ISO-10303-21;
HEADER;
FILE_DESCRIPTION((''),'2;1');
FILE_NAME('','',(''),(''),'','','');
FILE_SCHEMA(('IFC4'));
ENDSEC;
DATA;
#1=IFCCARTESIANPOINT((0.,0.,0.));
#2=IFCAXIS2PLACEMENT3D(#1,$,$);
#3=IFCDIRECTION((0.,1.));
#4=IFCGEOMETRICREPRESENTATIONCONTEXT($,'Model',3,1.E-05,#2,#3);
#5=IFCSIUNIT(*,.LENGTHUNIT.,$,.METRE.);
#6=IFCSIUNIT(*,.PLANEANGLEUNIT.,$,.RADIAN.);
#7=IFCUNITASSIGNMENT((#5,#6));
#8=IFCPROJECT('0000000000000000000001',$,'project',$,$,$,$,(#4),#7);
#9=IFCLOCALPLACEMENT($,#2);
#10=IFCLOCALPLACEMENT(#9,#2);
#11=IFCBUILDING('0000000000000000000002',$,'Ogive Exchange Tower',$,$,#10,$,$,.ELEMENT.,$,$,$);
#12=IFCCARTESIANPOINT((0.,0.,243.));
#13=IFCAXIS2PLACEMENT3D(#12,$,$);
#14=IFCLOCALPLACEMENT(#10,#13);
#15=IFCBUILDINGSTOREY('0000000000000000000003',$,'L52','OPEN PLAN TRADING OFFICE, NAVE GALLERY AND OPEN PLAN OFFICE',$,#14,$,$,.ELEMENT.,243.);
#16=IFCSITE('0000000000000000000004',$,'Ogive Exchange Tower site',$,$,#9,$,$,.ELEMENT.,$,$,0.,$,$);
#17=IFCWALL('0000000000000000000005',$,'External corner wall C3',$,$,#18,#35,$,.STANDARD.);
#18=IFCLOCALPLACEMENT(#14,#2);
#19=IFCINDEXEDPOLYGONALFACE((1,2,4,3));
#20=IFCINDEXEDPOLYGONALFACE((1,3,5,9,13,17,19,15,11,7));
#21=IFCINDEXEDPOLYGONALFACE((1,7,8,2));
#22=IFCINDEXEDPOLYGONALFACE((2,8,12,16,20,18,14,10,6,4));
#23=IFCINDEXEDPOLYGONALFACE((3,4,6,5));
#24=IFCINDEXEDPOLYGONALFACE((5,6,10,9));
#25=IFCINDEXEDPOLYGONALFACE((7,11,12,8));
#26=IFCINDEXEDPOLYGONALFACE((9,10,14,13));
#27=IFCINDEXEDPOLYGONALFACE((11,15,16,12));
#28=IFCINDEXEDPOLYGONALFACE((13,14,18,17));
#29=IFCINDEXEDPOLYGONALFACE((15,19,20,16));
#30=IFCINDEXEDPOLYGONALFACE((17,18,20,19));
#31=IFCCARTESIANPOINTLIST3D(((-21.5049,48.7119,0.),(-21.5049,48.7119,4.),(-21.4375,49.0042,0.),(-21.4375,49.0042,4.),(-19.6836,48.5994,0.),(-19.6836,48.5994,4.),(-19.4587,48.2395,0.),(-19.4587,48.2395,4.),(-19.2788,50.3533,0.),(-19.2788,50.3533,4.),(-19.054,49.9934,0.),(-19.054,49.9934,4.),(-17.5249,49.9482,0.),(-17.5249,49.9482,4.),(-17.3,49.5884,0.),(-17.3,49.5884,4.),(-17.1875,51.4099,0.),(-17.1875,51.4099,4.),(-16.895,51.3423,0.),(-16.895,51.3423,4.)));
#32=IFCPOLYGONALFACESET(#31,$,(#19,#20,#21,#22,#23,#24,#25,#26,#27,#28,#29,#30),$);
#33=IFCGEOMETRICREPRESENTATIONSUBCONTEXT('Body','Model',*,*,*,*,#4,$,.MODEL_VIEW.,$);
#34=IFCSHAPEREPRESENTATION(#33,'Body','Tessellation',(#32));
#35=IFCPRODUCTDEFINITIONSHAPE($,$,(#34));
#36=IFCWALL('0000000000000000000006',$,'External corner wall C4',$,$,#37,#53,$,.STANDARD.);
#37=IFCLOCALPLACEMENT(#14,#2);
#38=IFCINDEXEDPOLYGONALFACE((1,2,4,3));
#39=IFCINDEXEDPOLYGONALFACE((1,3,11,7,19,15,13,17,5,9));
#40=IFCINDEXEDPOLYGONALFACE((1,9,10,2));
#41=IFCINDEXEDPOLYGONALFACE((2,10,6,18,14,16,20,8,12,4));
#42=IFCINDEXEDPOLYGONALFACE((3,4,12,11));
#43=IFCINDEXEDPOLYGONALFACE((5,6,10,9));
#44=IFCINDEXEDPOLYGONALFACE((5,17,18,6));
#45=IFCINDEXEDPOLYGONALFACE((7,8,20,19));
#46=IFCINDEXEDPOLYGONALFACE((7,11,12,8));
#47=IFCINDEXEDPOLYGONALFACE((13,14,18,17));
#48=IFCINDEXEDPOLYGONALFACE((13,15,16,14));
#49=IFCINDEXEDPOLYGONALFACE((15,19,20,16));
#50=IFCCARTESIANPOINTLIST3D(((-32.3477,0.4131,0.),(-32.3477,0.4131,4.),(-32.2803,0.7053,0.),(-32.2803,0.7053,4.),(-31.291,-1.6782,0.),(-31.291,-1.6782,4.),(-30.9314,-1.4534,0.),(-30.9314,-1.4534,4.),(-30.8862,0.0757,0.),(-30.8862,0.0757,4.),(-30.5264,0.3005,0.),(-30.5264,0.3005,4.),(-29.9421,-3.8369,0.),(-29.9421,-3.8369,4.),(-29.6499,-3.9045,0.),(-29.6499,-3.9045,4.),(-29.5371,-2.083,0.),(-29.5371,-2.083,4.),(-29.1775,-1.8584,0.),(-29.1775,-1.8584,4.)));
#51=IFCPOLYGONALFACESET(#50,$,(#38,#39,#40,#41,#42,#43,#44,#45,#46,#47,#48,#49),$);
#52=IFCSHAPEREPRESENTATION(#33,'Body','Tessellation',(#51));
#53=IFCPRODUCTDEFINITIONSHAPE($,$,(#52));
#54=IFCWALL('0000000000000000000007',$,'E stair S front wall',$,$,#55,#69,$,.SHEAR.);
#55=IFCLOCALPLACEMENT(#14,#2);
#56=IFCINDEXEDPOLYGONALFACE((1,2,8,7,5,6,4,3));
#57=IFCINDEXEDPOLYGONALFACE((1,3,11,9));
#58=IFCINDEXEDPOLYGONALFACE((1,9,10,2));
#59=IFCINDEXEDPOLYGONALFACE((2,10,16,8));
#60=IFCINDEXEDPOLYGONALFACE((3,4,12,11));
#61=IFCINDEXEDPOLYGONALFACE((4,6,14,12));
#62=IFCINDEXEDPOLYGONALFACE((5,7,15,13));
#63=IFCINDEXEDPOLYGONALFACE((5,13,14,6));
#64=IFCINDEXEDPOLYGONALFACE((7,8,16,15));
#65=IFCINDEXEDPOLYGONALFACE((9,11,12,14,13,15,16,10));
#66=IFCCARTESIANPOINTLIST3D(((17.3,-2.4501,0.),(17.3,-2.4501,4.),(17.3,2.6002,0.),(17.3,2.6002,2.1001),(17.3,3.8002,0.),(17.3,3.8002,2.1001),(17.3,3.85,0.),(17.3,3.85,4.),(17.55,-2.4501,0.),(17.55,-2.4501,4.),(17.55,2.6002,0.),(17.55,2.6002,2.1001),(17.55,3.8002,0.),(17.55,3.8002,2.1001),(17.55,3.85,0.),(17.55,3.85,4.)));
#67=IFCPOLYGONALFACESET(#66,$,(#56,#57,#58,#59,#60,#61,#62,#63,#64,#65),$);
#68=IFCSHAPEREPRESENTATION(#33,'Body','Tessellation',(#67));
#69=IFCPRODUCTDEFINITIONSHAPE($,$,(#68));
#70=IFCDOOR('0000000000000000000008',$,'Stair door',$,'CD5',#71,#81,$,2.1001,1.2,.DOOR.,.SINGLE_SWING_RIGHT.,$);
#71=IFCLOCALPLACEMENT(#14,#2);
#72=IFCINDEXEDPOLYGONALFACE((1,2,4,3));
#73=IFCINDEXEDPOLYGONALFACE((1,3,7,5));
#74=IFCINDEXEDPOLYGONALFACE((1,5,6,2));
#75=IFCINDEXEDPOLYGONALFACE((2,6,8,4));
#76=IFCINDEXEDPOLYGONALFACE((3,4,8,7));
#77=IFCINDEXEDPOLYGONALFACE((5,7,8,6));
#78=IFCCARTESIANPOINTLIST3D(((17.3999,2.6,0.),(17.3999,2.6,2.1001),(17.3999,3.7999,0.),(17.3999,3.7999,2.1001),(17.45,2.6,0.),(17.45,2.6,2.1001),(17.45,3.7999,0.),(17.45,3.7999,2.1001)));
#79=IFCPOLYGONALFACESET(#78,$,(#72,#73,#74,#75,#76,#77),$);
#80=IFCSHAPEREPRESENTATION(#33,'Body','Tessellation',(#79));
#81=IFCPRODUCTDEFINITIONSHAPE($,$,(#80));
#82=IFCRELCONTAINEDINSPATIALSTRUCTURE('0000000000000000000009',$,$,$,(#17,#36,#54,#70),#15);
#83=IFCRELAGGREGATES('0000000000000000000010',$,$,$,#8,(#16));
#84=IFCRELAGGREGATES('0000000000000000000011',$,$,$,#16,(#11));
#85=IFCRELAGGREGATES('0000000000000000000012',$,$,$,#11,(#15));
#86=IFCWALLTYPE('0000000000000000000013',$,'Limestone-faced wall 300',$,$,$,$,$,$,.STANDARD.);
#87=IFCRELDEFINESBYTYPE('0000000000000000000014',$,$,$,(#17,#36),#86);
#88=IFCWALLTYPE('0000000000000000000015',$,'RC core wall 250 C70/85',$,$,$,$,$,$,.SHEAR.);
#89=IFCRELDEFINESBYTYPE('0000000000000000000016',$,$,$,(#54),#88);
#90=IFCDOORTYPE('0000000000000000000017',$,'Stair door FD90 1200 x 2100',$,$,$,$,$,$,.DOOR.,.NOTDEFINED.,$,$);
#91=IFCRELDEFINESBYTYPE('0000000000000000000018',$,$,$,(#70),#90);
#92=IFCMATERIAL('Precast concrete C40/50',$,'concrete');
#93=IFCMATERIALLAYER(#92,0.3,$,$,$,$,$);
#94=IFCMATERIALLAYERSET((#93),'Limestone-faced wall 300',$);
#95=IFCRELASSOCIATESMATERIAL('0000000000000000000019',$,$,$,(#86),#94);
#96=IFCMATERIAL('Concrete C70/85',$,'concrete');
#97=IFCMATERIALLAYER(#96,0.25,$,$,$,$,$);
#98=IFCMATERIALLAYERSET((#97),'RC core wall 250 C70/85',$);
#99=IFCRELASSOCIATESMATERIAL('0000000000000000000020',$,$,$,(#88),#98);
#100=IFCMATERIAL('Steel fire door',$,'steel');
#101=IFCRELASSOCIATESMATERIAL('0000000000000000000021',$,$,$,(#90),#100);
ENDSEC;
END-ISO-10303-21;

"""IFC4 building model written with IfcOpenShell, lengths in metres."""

from ifc_helpers import new_model, si_unit, direction, frame, frame_2d, origin, place, context, subcontext, project, spatial, polyline, rectangle, outline, extrude, material, layer, layer_set, type_object, element, fill, save


model = new_model("IFC4")

# Units and contexts
model_context = context("Model", 3, precision=1e-05, world=origin(), true_north=direction((0.0, 1.0)))
body_context = subcontext(model_context, "Body", "Model", "MODEL_VIEW")
ifc_project = project(units=[si_unit("LENGTHUNIT", "METRE"), si_unit("PLANEANGLEUNIT", "RADIAN")], contexts=[model_context])

# Site, building, storey
site_placement = place(None, origin())
site = spatial("IfcSite", under=ifc_project, at=site_placement, Name="Ogive Exchange Tower site", CompositionType="ELEMENT", RefElevation=0.0)
building_placement = place(site_placement, origin())
building = spatial("IfcBuilding", under=site, at=building_placement, Name="Ogive Exchange Tower", CompositionType="ELEMENT")
storey_placement = place(building_placement, frame((0.0, 0.0, 243.0)))
storey = spatial("IfcBuildingStorey", under=building, at=storey_placement, Name="L52", Description="OPEN PLAN TRADING OFFICE, NAVE GALLERY AND OPEN PLAN OFFICE", CompositionType="ELEMENT", Elevation=243.0)

# Walls
ifc_material_1 = material(Name="Precast concrete C40/50", Category="concrete")
ifc_layer_1 = layer(ifc_material_1, 0.3)
ifc_layer_set_1 = layer_set([ifc_layer_1], Name="Limestone-faced wall 300")
wall_type_1 = type_object("IfcWallType", Name="Limestone-faced wall 300", PredefinedType="STANDARD", material=ifc_layer_set_1)
wall_1_placement = place(storey_placement, origin())
element("IfcWall", 1, at=wall_1_placement, inside=storey, type_object=wall_type_1, Name="External corner wall C3", PredefinedType="STANDARD", context=body_context, shape_type="SweptSolid", body=[
    extrude(outline(polyline([(-21.5049, 48.7119), (-21.4375, 49.0042), (-19.6836, 48.5994), (-19.2788, 50.3533), (-17.5249, 49.9482), (-17.1875, 51.4099), (-16.895, 51.3423), (-17.3, 49.5884), (-19.054, 49.9934), (-19.4587, 48.2395), (-21.5049, 48.7119)])), origin(), (0.0, 0.0, 1.0), 4.0),
])
wall_2_placement = place(storey_placement, origin())
element("IfcWall", 2, at=wall_2_placement, inside=storey, type_object=wall_type_1, Name="External corner wall C4", PredefinedType="STANDARD", context=body_context, shape_type="SweptSolid", body=[
    extrude(outline(polyline([(-31.291, -1.6782), (-30.8862, 0.0757), (-32.3477, 0.4131), (-32.2803, 0.7053), (-30.5264, 0.3005), (-30.9314, -1.4534), (-29.1775, -1.8584), (-29.6499, -3.9045), (-29.9421, -3.8369), (-29.5371, -2.083), (-31.291, -1.6782)])), origin(), (0.0, 0.0, 1.0), 4.0),
])

# Wall, opening, door
ifc_material_2 = material(Name="Concrete C70/85", Category="concrete")
ifc_layer_2 = layer(ifc_material_2, 0.25)
ifc_layer_set_2 = layer_set([ifc_layer_2], Name="RC core wall 250 C70/85")
wall_type_2 = type_object("IfcWallType", Name="RC core wall 250 C70/85", PredefinedType="SHEAR", material=ifc_layer_set_2)
wall_3_placement = place(storey_placement, frame((17.425, -2.45, 0.0), z_axis=(0.0, 0.0, 1.0), x_axis=(0.0, 1.0, 0.0)))
wall_3 = element("IfcWall", 3, at=wall_3_placement, inside=storey, type_object=wall_type_2, Name="E stair S front wall", PredefinedType="SHEAR", context=body_context, shape_type="SweptSolid", body=[
    extrude(rectangle(XDim=6.3, YDim=0.25, at=frame_2d((3.1499, 0.0))), origin(), (0.0, 0.0, 1.0), 4.0),
])
opening_1_placement = place(wall_3_placement, frame((5.05, 0.0, 0.0)))
opening_1 = element("IfcOpeningElement", 4, at=opening_1_placement, cuts=wall_3, PredefinedType="OPENING", context=body_context, shape_type="SweptSolid", body=[
    extrude(rectangle(XDim=1.2, YDim=2.1001, at=frame_2d((0.6001, 1.05))), frame((0.0, 0.135, 0.0), z_axis=(0.0, -1.0, 0.0), x_axis=(1.0, 0.0, 0.0)), (0.0, 0.0, 1.0), 0.27),
])
ifc_material_3 = material(Name="Steel fire door", Category="steel")
door_type_1 = type_object("IfcDoorType", Name="Stair door FD90 1200 x 2100", OperationType="NOTDEFINED", PredefinedType="DOOR", material=ifc_material_3)
door_1_placement = place(opening_1_placement, frame((1.2, 0.0, 0.0), z_axis=(0.0, 0.0, 1.0), x_axis=(-1.0, 0.0, 0.0)))
door_1 = element("IfcDoor", 5, at=door_1_placement, inside=storey, type_object=door_type_1, Name="Stair door", ObjectType="CD5", OperationType="SINGLE_SWING_RIGHT", OverallHeight=2.1001, OverallWidth=1.2, PredefinedType="DOOR", context=body_context, shape_type="SweptSolid", body=[
    extrude(rectangle(XDim=1.2, YDim=2.1001, at=frame_2d((0.6001, 1.05))), frame((0.0, 0.0249, 0.0), z_axis=(0.0, -1.0, 0.0), x_axis=(1.0, 0.0, 0.0)), (0.0, 0.0, 1.0), 0.05),
])
fill(opening_1, door_1)

save(model, "model.ifc")
